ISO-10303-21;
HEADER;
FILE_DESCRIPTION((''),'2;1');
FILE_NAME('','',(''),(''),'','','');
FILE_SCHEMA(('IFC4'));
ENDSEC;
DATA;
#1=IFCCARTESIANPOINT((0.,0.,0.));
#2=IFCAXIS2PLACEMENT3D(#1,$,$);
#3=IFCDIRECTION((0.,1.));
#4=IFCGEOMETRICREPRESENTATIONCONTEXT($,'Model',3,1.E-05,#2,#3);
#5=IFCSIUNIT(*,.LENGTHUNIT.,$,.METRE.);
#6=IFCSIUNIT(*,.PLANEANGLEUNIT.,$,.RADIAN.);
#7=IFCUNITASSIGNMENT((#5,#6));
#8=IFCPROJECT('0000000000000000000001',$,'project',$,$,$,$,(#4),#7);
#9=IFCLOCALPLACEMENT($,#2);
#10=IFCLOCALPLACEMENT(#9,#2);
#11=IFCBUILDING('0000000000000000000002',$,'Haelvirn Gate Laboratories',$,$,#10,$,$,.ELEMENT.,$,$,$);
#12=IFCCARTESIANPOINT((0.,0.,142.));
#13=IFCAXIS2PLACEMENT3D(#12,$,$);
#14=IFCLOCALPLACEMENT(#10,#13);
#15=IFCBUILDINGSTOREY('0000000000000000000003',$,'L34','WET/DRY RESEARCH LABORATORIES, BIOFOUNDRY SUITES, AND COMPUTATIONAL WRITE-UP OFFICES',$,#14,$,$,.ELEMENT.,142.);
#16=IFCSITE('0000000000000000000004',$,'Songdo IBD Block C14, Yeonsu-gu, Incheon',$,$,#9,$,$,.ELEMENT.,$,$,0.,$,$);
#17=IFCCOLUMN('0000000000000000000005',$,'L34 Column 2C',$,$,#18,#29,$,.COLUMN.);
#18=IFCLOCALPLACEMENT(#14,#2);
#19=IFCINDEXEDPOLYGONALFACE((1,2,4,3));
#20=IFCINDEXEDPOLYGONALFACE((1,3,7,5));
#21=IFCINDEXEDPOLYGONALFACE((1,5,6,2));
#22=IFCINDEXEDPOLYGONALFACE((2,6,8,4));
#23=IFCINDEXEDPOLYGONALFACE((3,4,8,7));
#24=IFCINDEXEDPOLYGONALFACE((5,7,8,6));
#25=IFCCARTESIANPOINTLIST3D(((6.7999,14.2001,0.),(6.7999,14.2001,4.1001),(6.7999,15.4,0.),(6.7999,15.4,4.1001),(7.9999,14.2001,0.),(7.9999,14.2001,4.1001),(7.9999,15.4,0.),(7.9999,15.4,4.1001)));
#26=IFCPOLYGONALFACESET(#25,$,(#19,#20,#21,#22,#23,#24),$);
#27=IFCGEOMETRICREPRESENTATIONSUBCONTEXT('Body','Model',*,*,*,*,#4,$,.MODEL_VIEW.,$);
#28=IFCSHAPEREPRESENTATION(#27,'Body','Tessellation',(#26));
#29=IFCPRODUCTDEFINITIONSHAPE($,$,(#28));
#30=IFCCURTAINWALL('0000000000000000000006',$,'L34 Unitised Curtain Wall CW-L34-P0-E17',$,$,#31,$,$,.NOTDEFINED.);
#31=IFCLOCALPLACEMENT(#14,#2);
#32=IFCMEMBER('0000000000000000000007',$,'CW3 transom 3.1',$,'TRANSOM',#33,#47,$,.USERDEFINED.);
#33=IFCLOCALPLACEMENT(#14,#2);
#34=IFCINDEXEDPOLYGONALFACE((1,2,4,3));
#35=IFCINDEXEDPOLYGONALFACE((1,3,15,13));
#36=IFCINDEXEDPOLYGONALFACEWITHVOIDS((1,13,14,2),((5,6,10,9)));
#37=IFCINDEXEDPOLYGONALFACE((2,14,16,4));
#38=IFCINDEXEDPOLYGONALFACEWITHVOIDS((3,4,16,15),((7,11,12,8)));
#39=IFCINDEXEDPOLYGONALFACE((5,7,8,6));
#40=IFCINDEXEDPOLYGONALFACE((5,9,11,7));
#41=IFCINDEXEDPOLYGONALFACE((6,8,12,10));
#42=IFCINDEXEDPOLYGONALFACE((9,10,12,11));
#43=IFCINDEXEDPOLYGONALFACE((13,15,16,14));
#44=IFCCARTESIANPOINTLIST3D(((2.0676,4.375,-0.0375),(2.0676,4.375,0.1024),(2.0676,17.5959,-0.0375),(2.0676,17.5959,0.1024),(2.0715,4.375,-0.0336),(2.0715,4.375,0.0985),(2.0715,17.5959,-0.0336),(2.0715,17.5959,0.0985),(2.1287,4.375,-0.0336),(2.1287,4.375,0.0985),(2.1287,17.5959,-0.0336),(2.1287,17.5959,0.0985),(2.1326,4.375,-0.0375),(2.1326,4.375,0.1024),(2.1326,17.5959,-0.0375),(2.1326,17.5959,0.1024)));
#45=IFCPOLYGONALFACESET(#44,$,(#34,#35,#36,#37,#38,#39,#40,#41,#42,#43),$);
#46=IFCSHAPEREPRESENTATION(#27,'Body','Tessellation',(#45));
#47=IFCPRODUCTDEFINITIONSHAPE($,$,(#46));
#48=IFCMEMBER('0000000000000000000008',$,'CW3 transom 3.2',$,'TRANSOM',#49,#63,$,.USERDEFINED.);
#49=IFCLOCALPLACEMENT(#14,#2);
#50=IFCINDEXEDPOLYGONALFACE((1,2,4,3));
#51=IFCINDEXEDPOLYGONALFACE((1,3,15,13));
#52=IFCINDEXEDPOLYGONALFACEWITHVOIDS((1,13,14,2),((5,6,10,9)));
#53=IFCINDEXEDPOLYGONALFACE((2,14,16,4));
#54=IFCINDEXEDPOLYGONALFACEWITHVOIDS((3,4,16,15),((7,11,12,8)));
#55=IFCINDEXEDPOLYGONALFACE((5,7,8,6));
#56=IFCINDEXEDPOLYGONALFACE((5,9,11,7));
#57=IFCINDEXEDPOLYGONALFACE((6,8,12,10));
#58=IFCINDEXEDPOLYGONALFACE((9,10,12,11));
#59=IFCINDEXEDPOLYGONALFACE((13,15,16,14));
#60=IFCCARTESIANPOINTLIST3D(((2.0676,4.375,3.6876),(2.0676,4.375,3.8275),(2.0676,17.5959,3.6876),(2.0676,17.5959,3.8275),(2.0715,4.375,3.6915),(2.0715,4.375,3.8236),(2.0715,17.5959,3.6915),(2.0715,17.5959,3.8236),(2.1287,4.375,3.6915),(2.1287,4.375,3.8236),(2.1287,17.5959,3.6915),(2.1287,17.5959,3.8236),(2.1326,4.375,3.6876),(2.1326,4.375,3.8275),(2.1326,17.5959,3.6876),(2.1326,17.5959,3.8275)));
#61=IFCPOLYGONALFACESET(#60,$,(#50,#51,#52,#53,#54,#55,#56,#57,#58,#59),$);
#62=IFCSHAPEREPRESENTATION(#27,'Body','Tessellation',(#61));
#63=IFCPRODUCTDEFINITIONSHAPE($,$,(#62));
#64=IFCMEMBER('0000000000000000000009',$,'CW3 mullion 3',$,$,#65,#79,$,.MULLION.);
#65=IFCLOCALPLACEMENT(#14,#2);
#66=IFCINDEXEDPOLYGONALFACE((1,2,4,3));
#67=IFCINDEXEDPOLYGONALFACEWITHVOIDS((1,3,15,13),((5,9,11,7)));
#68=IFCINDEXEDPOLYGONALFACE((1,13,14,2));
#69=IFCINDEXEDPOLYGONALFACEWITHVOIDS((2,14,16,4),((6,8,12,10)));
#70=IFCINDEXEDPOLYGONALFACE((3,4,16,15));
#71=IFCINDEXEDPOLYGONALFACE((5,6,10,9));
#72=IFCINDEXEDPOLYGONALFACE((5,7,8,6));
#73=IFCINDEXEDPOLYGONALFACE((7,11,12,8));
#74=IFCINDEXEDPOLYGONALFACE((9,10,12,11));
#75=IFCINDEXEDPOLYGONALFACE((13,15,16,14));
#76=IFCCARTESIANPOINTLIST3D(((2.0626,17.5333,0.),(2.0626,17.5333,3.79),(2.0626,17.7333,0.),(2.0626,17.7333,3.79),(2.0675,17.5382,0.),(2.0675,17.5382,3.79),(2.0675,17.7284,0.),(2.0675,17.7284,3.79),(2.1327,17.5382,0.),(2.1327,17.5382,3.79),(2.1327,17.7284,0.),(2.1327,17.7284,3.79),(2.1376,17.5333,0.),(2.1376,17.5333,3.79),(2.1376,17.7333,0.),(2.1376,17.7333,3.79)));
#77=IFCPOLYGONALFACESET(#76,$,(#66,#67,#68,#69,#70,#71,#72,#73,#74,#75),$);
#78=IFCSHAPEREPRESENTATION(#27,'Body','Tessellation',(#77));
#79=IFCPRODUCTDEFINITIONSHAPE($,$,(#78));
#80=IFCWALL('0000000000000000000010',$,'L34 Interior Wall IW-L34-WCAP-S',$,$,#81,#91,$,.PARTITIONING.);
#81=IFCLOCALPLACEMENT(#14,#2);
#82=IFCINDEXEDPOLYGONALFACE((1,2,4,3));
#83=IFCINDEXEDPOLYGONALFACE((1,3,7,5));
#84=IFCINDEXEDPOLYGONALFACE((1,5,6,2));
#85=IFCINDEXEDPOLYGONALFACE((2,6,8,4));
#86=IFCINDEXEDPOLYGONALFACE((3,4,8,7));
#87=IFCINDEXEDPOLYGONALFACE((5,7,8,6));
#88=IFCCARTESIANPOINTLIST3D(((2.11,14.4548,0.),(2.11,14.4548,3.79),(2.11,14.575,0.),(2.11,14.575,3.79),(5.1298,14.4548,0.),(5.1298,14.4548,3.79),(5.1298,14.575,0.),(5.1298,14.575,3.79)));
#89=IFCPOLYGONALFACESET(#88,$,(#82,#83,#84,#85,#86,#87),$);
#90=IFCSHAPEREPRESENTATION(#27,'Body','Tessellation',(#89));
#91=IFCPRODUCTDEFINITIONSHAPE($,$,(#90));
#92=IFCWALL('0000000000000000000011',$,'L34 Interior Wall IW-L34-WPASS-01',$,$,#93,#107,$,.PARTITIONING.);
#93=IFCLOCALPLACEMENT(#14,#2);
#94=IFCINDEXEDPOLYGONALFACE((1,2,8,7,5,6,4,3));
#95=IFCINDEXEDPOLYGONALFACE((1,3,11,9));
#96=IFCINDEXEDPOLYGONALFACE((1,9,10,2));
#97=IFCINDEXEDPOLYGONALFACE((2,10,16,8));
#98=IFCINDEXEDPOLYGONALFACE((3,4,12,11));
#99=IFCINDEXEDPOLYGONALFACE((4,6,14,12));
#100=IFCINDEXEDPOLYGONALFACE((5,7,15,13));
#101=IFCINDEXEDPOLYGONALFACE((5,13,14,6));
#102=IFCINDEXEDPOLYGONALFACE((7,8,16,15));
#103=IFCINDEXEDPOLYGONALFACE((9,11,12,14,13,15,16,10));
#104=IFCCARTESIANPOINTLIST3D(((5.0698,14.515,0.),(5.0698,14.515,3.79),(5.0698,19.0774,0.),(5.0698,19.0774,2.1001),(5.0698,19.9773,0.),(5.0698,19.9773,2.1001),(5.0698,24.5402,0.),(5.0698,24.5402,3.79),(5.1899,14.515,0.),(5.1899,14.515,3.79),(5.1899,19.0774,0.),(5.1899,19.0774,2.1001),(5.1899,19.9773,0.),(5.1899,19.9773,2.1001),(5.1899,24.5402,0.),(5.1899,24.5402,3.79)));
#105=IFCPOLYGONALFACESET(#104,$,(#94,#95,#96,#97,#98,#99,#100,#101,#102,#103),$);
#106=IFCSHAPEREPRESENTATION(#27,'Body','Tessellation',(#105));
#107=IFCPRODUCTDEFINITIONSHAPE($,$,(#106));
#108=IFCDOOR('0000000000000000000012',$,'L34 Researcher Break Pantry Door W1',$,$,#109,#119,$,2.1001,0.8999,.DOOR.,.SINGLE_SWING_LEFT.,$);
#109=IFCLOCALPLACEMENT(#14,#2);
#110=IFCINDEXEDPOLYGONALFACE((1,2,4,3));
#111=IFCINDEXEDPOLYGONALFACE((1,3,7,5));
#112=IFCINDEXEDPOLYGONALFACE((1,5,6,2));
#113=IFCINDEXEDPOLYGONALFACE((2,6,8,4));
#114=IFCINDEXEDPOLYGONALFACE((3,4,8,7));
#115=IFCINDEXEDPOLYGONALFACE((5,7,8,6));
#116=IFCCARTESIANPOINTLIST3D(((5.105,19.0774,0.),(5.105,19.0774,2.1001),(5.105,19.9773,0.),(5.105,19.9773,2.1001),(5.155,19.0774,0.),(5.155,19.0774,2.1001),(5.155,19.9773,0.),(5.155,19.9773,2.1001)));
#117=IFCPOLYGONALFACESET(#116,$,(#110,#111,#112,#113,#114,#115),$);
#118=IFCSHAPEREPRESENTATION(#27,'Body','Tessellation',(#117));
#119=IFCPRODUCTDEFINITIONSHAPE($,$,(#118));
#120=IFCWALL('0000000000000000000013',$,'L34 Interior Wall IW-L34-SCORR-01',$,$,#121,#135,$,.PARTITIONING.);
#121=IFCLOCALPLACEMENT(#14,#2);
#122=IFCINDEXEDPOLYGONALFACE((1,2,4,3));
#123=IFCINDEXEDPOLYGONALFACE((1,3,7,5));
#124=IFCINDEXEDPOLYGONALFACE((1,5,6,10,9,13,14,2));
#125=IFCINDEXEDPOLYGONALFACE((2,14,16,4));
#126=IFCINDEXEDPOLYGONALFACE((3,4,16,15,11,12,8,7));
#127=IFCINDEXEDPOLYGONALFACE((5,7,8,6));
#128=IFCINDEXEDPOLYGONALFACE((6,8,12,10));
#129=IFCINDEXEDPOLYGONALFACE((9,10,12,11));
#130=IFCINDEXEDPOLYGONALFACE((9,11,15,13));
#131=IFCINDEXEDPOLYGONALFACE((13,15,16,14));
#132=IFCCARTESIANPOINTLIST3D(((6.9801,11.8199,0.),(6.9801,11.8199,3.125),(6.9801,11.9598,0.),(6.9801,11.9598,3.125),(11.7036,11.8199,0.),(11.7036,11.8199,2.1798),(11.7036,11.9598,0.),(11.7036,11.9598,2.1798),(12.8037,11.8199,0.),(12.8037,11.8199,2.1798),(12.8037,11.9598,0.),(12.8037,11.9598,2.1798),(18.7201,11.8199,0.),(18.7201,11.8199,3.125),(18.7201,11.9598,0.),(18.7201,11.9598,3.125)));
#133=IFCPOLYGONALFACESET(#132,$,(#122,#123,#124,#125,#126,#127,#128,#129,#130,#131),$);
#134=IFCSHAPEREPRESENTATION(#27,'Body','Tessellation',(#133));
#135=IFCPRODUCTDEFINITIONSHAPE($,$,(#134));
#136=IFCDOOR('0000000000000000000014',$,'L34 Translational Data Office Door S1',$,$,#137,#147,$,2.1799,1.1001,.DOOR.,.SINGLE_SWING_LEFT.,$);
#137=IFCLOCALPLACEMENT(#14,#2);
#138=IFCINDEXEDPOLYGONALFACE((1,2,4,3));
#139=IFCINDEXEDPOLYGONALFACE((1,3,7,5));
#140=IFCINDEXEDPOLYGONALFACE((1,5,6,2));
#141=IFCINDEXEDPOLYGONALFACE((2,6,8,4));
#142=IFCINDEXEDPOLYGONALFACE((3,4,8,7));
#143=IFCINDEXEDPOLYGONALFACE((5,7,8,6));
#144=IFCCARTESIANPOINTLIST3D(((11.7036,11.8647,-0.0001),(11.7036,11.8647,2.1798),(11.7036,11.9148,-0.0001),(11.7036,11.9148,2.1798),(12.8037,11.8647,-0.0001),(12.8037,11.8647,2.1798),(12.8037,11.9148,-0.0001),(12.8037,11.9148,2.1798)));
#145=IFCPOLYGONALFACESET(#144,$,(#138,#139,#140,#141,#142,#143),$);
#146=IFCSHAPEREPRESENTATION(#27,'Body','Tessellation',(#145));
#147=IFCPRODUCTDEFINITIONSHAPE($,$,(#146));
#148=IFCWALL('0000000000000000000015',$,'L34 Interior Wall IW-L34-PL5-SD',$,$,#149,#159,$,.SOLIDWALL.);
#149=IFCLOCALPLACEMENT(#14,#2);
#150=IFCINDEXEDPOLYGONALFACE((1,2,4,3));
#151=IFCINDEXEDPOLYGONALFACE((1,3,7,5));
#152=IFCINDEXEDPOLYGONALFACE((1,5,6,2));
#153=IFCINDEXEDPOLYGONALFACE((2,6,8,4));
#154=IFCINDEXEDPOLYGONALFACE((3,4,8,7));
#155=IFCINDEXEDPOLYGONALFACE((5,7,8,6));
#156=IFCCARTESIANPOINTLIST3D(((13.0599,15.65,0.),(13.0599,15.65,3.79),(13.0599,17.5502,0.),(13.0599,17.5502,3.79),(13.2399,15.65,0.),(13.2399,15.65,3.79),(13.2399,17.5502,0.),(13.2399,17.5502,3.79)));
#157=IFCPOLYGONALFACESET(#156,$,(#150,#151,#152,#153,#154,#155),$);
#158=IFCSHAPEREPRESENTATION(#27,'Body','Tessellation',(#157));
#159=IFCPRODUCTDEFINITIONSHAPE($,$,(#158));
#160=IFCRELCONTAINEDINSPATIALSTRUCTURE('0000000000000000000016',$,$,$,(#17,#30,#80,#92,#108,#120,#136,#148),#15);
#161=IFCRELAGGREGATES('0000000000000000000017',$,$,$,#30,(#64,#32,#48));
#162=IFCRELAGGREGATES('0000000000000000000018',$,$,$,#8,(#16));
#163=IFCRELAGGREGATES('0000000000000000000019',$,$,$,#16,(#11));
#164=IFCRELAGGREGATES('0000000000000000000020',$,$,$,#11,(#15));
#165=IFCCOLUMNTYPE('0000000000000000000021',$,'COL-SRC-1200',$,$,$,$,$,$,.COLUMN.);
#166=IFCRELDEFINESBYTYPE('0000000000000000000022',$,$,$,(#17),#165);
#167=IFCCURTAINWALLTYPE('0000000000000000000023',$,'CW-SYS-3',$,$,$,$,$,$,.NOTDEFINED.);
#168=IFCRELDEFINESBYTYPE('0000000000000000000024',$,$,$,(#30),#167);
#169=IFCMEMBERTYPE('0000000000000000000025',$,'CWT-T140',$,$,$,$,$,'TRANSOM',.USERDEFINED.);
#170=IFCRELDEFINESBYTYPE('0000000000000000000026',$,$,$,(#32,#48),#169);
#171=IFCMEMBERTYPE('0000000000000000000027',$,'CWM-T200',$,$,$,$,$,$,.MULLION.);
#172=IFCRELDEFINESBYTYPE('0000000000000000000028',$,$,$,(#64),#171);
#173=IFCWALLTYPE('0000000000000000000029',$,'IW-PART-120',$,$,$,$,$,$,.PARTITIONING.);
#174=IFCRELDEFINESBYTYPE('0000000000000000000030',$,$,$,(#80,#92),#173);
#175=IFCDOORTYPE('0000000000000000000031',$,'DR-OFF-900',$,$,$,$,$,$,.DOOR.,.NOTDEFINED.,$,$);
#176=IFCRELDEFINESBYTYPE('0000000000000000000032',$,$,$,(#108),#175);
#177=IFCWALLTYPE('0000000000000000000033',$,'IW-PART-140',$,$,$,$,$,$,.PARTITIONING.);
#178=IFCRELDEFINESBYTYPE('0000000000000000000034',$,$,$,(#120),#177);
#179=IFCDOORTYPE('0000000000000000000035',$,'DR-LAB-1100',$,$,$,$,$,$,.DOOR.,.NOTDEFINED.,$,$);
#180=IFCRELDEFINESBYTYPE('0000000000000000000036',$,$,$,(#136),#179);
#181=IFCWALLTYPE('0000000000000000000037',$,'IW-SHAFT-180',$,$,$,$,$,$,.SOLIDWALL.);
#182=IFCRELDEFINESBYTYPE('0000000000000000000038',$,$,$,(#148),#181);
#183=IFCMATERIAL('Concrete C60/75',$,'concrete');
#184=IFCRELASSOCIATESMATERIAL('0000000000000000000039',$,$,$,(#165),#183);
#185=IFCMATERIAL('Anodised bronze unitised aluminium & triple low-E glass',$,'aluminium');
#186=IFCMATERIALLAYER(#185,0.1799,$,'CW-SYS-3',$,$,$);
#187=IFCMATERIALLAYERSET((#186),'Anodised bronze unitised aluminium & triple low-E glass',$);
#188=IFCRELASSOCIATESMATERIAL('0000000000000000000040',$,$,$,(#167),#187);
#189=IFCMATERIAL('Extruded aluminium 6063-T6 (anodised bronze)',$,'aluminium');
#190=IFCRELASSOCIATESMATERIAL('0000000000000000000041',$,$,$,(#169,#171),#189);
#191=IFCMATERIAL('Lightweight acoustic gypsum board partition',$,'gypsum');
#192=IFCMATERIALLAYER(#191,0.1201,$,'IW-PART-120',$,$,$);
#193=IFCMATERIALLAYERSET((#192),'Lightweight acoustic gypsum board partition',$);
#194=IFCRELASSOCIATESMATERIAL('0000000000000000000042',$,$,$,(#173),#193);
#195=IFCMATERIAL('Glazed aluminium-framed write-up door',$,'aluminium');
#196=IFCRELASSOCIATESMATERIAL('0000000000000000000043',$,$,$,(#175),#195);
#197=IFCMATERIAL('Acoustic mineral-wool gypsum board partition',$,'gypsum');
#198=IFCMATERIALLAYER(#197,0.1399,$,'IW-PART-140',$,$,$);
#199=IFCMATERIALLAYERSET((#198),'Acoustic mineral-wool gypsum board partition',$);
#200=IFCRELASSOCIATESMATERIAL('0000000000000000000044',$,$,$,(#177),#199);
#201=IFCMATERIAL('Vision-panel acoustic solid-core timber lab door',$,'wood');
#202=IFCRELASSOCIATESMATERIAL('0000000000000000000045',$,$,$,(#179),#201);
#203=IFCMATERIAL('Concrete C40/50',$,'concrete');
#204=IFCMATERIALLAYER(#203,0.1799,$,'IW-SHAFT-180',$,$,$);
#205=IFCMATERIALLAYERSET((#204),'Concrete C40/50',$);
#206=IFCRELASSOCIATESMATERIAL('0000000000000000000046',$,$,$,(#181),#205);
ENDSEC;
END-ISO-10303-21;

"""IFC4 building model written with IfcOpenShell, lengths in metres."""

from ifc_helpers import new_model, si_unit, direction, frame, frame_2d, origin, origin_2d, place, context, subcontext, project, spatial, rectangle, hollow_rectangle, extrude, source, transform, mapped, material, layer, layer_set, material_profile, profile_set, type_object, type_shapes, element, fill, aggregate, save


model = new_model("IFC4")

# Units and contexts
model_context = context("Model", 3, precision=1e-05, world=origin(), true_north=direction((0.0, 1.0)))
body_context = subcontext(model_context, "Body", "Model", "MODEL_VIEW")
ifc_project = project(units=[si_unit("LENGTHUNIT", "METRE"), si_unit("PLANEANGLEUNIT", "RADIAN")], contexts=[model_context])

# Site, building, storey
site_placement = place(None, origin())
site = spatial("IfcSite", under=ifc_project, at=site_placement, Name="Songdo IBD Block C14, Yeonsu-gu, Incheon", CompositionType="ELEMENT", RefElevation=0.0)
building_placement = place(site_placement, origin())
building = spatial("IfcBuilding", under=site, at=building_placement, Name="Haelvirn Gate Laboratories", CompositionType="ELEMENT")
storey_placement = place(building_placement, frame((0.0, 0.0, 142.0)))
storey = spatial("IfcBuildingStorey", under=building, at=storey_placement, Name="L34", Description="WET/DRY RESEARCH LABORATORIES, BIOFOUNDRY SUITES, AND COMPUTATIONAL WRITE-UP OFFICES", CompositionType="ELEMENT", Elevation=142.0)

# Column
ifc_material_1 = material(Name="Concrete C60/75", Category="concrete")
ifc_material_profile_1 = material_profile(ifc_material_1, rectangle(XDim=1.2, YDim=1.2, at=origin_2d()), Name="SRC-1200x1200")
ifc_profile_set_1 = profile_set([ifc_material_profile_1], Name="Concrete C60/75")
column_type = type_object("IfcColumnType", Name="COL-SRC-1200", PredefinedType="COLUMN", material=ifc_profile_set_1)
shared_shape_1 = source(origin(), body_context, "Body", "SweptSolid", [
    extrude(rectangle(XDim=1.2, YDim=1.2, at=origin_2d()), origin(), (0.0, 0.0, 1.0), 4.1001),
])
type_shapes(column_type, [shared_shape_1])
column_placement = place(storey_placement, frame((7.3999, 14.8, 0.0), z_axis=(0.0, 0.0, 1.0), x_axis=(1.0, 0.0, 0.0)))
element("IfcColumn", 1, at=column_placement, inside=storey, type_object=column_type, Name="L34 Column 2C", PredefinedType="COLUMN", context=body_context, shape_type="MappedRepresentation", body=[
    mapped(shared_shape_1, transform((0.0, 0.0, 0.0), scale=1.0)),
])

# Curtain wall, members
ifc_material_2 = material(Name="Anodised bronze unitised aluminium & triple low-E glass", Category="aluminium")
ifc_layer_1 = layer(ifc_material_2, 0.1799, Name="CW-SYS-3")
ifc_layer_set_1 = layer_set([ifc_layer_1], Name="Anodised bronze unitised aluminium & triple low-E glass")
curtain_wall_type = type_object("IfcCurtainWallType", Name="CW-SYS-3", PredefinedType="NOTDEFINED", material=ifc_layer_set_1)
curtain_wall_placement = place(storey_placement, origin())
curtain_wall = element("IfcCurtainWall", 2, at=curtain_wall_placement, inside=storey, type_object=curtain_wall_type, Name="L34 Unitised Curtain Wall CW-L34-P0-E17", PredefinedType="NOTDEFINED")
ifc_material_3 = material(Name="Extruded aluminium 6063-T6 (anodised bronze)", Category="aluminium")
ifc_material_profile_2 = material_profile(ifc_material_3, hollow_rectangle(XDim=0.0649, YDim=0.1399, WallThickness=0.0039, at=origin_2d()), Name="CWT-140x65x4")
ifc_profile_set_2 = profile_set([ifc_material_profile_2], Name="Extruded aluminium 6063-T6 (anodised bronze)")
member_type_1 = type_object("IfcMemberType", Name="CWT-T140", ElementType="TRANSOM", PredefinedType="USERDEFINED", material=ifc_profile_set_2)
shared_shape_2 = source(origin(), body_context, "Body", "SweptSolid", [
    extrude(hollow_rectangle(XDim=0.0649, YDim=0.1399, WallThickness=0.0039, at=origin_2d()), origin(), (0.0, 0.0, 1.0), 13.2209),
])
type_shapes(member_type_1, [shared_shape_2])
member_1_placement = place(storey_placement, frame((2.1001, 17.5959, 0.0325), z_axis=(0.0, -1.0, 0.0), x_axis=(1.0, 0.0, 0.0)))
member_1 = element("IfcMember", 3, at=member_1_placement, type_object=member_type_1, Name="CW3 transom 3.1", ObjectType="TRANSOM", PredefinedType="USERDEFINED", context=body_context, shape_type="MappedRepresentation", body=[
    mapped(shared_shape_2, transform((0.0, 0.0, 0.0), scale=1.0)),
])
member_2_placement = place(storey_placement, frame((2.1001, 17.5959, 3.7576), z_axis=(0.0, -1.0, 0.0), x_axis=(1.0, 0.0, 0.0)))
member_2 = element("IfcMember", 4, at=member_2_placement, type_object=member_type_1, Name="CW3 transom 3.2", ObjectType="TRANSOM", PredefinedType="USERDEFINED", context=body_context, shape_type="MappedRepresentation", body=[
    mapped(shared_shape_2, transform((0.0, 0.0, 0.0), scale=1.0)),
])
ifc_material_profile_3 = material_profile(ifc_material_3, hollow_rectangle(XDim=0.075, YDim=0.2, WallThickness=0.0049, at=origin_2d()), Name="CWM-200x75x5")
ifc_profile_set_3 = profile_set([ifc_material_profile_3], Name="Extruded aluminium 6063-T6 (anodised bronze)")
member_type_2 = type_object("IfcMemberType", Name="CWM-T200", PredefinedType="MULLION", material=ifc_profile_set_3)
shared_shape_3 = source(origin(), body_context, "Body", "SweptSolid", [
    extrude(hollow_rectangle(XDim=0.075, YDim=0.2, WallThickness=0.0049, at=origin_2d()), origin(), (0.0, 0.0, 1.0), 3.79),
])
type_shapes(member_type_2, [shared_shape_3])
member_3_placement = place(storey_placement, frame((2.1001, 17.6333, 0.0), z_axis=(0.0, 0.0, 1.0), x_axis=(1.0, 0.0, 0.0)))
member_3 = element("IfcMember", 5, at=member_3_placement, type_object=member_type_2, Name="CW3 mullion 3", PredefinedType="MULLION", context=body_context, shape_type="MappedRepresentation", body=[
    mapped(shared_shape_3, transform((0.0, 0.0, 0.0), scale=1.0)),
])
aggregate(curtain_wall, [member_3, member_1, member_2])

# Wall
ifc_material_4 = material(Name="Lightweight acoustic gypsum board partition", Category="gypsum")
ifc_layer_2 = layer(ifc_material_4, 0.1201, Name="IW-PART-120")
ifc_layer_set_2 = layer_set([ifc_layer_2], Name="Lightweight acoustic gypsum board partition")
wall_type_1 = type_object("IfcWallType", Name="IW-PART-120", PredefinedType="PARTITIONING", material=ifc_layer_set_2)
wall_1_placement = place(storey_placement, frame((2.1101, 14.5149, 0.0), z_axis=(0.0, 0.0, 1.0), x_axis=(1.0, 0.0, 0.0)))
element("IfcWall", 6, at=wall_1_placement, inside=storey, type_object=wall_type_1, Name="L34 Interior Wall IW-L34-WCAP-S", PredefinedType="PARTITIONING", context=body_context, shape_type="SweptSolid", body=[
    extrude(rectangle(XDim=3.0198, YDim=0.1201, at=frame_2d((1.5098, 0.0))), origin(), (0.0, 0.0, 1.0), 3.79),
])

# Walls, openings, doors
wall_2_placement = place(storey_placement, frame((5.1299, 14.5149, 0.0), z_axis=(0.0, 0.0, 1.0), x_axis=(0.0, 1.0, 0.0)))
wall_2 = element("IfcWall", 7, at=wall_2_placement, inside=storey, type_object=wall_type_1, Name="L34 Interior Wall IW-L34-WPASS-01", PredefinedType="PARTITIONING", context=body_context, shape_type="SweptSolid", body=[
    extrude(rectangle(XDim=10.0251, YDim=0.1201, at=frame_2d((5.0127, 0.0))), origin(), (0.0, 0.0, 1.0), 3.79),
])
opening_1_placement = place(wall_2_placement, frame((4.5625, 0.0, 0.0)))
opening_1 = element("IfcOpeningElement", 8, at=opening_1_placement, cuts=wall_2, PredefinedType="OPENING", context=body_context, shape_type="SweptSolid", body=[
    extrude(rectangle(XDim=0.8999, YDim=2.1001, at=frame_2d((0.45, 1.05))), frame((0.0, 0.0701, 0.0), z_axis=(0.0, -1.0, 0.0), x_axis=(1.0, 0.0, 0.0)), (0.0, 0.0, 1.0), 0.1401),
])
ifc_material_5 = material(Name="Glazed aluminium-framed write-up door", Category="aluminium")
door_type_1 = type_object("IfcDoorType", Name="DR-OFF-900", OperationType="NOTDEFINED", PredefinedType="DOOR", material=ifc_material_5)
shared_shape_4 = source(origin(), body_context, "Body", "SweptSolid", [
    extrude(rectangle(XDim=0.8999, YDim=2.1001, at=frame_2d((0.45, 1.05))), frame((0.0, 0.0249, 0.0), z_axis=(0.0, -1.0, 0.0), x_axis=(1.0, 0.0, 0.0)), (0.0, 0.0, 1.0), 0.05),
])
type_shapes(door_type_1, [shared_shape_4])
door_1_placement = place(opening_1_placement, origin())
door_1 = element("IfcDoor", 9, at=door_1_placement, inside=storey, type_object=door_type_1, Name="L34 Researcher Break Pantry Door W1", OperationType="SINGLE_SWING_LEFT", OverallHeight=2.1001, OverallWidth=0.8999, PredefinedType="DOOR", context=body_context, shape_type="MappedRepresentation", body=[
    mapped(shared_shape_4, transform((0.0, 0.0, 0.0), scale=1.0)),
])
fill(opening_1, door_1)
ifc_material_6 = material(Name="Acoustic mineral-wool gypsum board partition", Category="gypsum")
ifc_layer_3 = layer(ifc_material_6, 0.1399, Name="IW-PART-140")
ifc_layer_set_3 = layer_set([ifc_layer_3], Name="Acoustic mineral-wool gypsum board partition")
wall_type_2 = type_object("IfcWallType", Name="IW-PART-140", PredefinedType="PARTITIONING", material=ifc_layer_set_3)
wall_3_placement = place(storey_placement, frame((6.98, 11.8899, 0.0), z_axis=(0.0, 0.0, 1.0), x_axis=(1.0, 0.0, 0.0)))
wall_3 = element("IfcWall", 10, at=wall_3_placement, inside=storey, type_object=wall_type_2, Name="L34 Interior Wall IW-L34-SCORR-01", PredefinedType="PARTITIONING", context=body_context, shape_type="SweptSolid", body=[
    extrude(rectangle(XDim=11.74, YDim=0.1399, at=frame_2d((5.8701, 0.0))), origin(), (0.0, 0.0, 1.0), 3.125),
])
opening_2_placement = place(wall_3_placement, frame((4.7236, 0.0, 0.0)))
opening_2 = element("IfcOpeningElement", 11, at=opening_2_placement, cuts=wall_3, PredefinedType="OPENING", context=body_context, shape_type="SweptSolid", body=[
    extrude(rectangle(XDim=1.1001, YDim=2.1799, at=frame_2d((0.55, 1.0898))), frame((0.0, 0.0801, 0.0), z_axis=(0.0, -1.0, 0.0), x_axis=(1.0, 0.0, 0.0)), (0.0, 0.0, 1.0), 0.1599),
])
ifc_material_7 = material(Name="Vision-panel acoustic solid-core timber lab door", Category="wood")
door_type_2 = type_object("IfcDoorType", Name="DR-LAB-1100", OperationType="NOTDEFINED", PredefinedType="DOOR", material=ifc_material_7)
shared_shape_5 = source(origin(), body_context, "Body", "SweptSolid", [
    extrude(rectangle(XDim=1.1001, YDim=2.1799, at=frame_2d((0.55, 1.0898))), frame((0.0, 0.0249, 0.0), z_axis=(0.0, -1.0, 0.0), x_axis=(1.0, 0.0, 0.0)), (0.0, 0.0, 1.0), 0.05),
])
type_shapes(door_type_2, [shared_shape_5])
door_2_placement = place(opening_2_placement, origin())
door_2 = element("IfcDoor", 12, at=door_2_placement, inside=storey, type_object=door_type_2, Name="L34 Translational Data Office Door S1", OperationType="SINGLE_SWING_LEFT", OverallHeight=2.1799, OverallWidth=1.1001, PredefinedType="DOOR", context=body_context, shape_type="MappedRepresentation", body=[
    mapped(shared_shape_5, transform((0.0, 0.0, 0.0), scale=1.0)),
])
fill(opening_2, door_2)

# Wall
ifc_material_8 = material(Name="Concrete C40/50", Category="concrete")
ifc_layer_4 = layer(ifc_material_8, 0.1799, Name="IW-SHAFT-180")
ifc_layer_set_4 = layer_set([ifc_layer_4], Name="Concrete C40/50")
wall_type_3 = type_object("IfcWallType", Name="IW-SHAFT-180", PredefinedType="SOLIDWALL", material=ifc_layer_set_4)
wall_4_placement = place(storey_placement, frame((13.1499, 15.6499, 0.0), z_axis=(0.0, 0.0, 1.0), x_axis=(0.0, 1.0, 0.0)))
element("IfcWall", 13, at=wall_4_placement, inside=storey, type_object=wall_type_3, Name="L34 Interior Wall IW-L34-PL5-SD", PredefinedType="SOLIDWALL", context=body_context, shape_type="SweptSolid", body=[
    extrude(rectangle(XDim=1.9001, YDim=0.1799, at=frame_2d((0.9502, 0.0))), origin(), (0.0, 0.0, 1.0), 3.79),
])

save(model, "model.ifc")
